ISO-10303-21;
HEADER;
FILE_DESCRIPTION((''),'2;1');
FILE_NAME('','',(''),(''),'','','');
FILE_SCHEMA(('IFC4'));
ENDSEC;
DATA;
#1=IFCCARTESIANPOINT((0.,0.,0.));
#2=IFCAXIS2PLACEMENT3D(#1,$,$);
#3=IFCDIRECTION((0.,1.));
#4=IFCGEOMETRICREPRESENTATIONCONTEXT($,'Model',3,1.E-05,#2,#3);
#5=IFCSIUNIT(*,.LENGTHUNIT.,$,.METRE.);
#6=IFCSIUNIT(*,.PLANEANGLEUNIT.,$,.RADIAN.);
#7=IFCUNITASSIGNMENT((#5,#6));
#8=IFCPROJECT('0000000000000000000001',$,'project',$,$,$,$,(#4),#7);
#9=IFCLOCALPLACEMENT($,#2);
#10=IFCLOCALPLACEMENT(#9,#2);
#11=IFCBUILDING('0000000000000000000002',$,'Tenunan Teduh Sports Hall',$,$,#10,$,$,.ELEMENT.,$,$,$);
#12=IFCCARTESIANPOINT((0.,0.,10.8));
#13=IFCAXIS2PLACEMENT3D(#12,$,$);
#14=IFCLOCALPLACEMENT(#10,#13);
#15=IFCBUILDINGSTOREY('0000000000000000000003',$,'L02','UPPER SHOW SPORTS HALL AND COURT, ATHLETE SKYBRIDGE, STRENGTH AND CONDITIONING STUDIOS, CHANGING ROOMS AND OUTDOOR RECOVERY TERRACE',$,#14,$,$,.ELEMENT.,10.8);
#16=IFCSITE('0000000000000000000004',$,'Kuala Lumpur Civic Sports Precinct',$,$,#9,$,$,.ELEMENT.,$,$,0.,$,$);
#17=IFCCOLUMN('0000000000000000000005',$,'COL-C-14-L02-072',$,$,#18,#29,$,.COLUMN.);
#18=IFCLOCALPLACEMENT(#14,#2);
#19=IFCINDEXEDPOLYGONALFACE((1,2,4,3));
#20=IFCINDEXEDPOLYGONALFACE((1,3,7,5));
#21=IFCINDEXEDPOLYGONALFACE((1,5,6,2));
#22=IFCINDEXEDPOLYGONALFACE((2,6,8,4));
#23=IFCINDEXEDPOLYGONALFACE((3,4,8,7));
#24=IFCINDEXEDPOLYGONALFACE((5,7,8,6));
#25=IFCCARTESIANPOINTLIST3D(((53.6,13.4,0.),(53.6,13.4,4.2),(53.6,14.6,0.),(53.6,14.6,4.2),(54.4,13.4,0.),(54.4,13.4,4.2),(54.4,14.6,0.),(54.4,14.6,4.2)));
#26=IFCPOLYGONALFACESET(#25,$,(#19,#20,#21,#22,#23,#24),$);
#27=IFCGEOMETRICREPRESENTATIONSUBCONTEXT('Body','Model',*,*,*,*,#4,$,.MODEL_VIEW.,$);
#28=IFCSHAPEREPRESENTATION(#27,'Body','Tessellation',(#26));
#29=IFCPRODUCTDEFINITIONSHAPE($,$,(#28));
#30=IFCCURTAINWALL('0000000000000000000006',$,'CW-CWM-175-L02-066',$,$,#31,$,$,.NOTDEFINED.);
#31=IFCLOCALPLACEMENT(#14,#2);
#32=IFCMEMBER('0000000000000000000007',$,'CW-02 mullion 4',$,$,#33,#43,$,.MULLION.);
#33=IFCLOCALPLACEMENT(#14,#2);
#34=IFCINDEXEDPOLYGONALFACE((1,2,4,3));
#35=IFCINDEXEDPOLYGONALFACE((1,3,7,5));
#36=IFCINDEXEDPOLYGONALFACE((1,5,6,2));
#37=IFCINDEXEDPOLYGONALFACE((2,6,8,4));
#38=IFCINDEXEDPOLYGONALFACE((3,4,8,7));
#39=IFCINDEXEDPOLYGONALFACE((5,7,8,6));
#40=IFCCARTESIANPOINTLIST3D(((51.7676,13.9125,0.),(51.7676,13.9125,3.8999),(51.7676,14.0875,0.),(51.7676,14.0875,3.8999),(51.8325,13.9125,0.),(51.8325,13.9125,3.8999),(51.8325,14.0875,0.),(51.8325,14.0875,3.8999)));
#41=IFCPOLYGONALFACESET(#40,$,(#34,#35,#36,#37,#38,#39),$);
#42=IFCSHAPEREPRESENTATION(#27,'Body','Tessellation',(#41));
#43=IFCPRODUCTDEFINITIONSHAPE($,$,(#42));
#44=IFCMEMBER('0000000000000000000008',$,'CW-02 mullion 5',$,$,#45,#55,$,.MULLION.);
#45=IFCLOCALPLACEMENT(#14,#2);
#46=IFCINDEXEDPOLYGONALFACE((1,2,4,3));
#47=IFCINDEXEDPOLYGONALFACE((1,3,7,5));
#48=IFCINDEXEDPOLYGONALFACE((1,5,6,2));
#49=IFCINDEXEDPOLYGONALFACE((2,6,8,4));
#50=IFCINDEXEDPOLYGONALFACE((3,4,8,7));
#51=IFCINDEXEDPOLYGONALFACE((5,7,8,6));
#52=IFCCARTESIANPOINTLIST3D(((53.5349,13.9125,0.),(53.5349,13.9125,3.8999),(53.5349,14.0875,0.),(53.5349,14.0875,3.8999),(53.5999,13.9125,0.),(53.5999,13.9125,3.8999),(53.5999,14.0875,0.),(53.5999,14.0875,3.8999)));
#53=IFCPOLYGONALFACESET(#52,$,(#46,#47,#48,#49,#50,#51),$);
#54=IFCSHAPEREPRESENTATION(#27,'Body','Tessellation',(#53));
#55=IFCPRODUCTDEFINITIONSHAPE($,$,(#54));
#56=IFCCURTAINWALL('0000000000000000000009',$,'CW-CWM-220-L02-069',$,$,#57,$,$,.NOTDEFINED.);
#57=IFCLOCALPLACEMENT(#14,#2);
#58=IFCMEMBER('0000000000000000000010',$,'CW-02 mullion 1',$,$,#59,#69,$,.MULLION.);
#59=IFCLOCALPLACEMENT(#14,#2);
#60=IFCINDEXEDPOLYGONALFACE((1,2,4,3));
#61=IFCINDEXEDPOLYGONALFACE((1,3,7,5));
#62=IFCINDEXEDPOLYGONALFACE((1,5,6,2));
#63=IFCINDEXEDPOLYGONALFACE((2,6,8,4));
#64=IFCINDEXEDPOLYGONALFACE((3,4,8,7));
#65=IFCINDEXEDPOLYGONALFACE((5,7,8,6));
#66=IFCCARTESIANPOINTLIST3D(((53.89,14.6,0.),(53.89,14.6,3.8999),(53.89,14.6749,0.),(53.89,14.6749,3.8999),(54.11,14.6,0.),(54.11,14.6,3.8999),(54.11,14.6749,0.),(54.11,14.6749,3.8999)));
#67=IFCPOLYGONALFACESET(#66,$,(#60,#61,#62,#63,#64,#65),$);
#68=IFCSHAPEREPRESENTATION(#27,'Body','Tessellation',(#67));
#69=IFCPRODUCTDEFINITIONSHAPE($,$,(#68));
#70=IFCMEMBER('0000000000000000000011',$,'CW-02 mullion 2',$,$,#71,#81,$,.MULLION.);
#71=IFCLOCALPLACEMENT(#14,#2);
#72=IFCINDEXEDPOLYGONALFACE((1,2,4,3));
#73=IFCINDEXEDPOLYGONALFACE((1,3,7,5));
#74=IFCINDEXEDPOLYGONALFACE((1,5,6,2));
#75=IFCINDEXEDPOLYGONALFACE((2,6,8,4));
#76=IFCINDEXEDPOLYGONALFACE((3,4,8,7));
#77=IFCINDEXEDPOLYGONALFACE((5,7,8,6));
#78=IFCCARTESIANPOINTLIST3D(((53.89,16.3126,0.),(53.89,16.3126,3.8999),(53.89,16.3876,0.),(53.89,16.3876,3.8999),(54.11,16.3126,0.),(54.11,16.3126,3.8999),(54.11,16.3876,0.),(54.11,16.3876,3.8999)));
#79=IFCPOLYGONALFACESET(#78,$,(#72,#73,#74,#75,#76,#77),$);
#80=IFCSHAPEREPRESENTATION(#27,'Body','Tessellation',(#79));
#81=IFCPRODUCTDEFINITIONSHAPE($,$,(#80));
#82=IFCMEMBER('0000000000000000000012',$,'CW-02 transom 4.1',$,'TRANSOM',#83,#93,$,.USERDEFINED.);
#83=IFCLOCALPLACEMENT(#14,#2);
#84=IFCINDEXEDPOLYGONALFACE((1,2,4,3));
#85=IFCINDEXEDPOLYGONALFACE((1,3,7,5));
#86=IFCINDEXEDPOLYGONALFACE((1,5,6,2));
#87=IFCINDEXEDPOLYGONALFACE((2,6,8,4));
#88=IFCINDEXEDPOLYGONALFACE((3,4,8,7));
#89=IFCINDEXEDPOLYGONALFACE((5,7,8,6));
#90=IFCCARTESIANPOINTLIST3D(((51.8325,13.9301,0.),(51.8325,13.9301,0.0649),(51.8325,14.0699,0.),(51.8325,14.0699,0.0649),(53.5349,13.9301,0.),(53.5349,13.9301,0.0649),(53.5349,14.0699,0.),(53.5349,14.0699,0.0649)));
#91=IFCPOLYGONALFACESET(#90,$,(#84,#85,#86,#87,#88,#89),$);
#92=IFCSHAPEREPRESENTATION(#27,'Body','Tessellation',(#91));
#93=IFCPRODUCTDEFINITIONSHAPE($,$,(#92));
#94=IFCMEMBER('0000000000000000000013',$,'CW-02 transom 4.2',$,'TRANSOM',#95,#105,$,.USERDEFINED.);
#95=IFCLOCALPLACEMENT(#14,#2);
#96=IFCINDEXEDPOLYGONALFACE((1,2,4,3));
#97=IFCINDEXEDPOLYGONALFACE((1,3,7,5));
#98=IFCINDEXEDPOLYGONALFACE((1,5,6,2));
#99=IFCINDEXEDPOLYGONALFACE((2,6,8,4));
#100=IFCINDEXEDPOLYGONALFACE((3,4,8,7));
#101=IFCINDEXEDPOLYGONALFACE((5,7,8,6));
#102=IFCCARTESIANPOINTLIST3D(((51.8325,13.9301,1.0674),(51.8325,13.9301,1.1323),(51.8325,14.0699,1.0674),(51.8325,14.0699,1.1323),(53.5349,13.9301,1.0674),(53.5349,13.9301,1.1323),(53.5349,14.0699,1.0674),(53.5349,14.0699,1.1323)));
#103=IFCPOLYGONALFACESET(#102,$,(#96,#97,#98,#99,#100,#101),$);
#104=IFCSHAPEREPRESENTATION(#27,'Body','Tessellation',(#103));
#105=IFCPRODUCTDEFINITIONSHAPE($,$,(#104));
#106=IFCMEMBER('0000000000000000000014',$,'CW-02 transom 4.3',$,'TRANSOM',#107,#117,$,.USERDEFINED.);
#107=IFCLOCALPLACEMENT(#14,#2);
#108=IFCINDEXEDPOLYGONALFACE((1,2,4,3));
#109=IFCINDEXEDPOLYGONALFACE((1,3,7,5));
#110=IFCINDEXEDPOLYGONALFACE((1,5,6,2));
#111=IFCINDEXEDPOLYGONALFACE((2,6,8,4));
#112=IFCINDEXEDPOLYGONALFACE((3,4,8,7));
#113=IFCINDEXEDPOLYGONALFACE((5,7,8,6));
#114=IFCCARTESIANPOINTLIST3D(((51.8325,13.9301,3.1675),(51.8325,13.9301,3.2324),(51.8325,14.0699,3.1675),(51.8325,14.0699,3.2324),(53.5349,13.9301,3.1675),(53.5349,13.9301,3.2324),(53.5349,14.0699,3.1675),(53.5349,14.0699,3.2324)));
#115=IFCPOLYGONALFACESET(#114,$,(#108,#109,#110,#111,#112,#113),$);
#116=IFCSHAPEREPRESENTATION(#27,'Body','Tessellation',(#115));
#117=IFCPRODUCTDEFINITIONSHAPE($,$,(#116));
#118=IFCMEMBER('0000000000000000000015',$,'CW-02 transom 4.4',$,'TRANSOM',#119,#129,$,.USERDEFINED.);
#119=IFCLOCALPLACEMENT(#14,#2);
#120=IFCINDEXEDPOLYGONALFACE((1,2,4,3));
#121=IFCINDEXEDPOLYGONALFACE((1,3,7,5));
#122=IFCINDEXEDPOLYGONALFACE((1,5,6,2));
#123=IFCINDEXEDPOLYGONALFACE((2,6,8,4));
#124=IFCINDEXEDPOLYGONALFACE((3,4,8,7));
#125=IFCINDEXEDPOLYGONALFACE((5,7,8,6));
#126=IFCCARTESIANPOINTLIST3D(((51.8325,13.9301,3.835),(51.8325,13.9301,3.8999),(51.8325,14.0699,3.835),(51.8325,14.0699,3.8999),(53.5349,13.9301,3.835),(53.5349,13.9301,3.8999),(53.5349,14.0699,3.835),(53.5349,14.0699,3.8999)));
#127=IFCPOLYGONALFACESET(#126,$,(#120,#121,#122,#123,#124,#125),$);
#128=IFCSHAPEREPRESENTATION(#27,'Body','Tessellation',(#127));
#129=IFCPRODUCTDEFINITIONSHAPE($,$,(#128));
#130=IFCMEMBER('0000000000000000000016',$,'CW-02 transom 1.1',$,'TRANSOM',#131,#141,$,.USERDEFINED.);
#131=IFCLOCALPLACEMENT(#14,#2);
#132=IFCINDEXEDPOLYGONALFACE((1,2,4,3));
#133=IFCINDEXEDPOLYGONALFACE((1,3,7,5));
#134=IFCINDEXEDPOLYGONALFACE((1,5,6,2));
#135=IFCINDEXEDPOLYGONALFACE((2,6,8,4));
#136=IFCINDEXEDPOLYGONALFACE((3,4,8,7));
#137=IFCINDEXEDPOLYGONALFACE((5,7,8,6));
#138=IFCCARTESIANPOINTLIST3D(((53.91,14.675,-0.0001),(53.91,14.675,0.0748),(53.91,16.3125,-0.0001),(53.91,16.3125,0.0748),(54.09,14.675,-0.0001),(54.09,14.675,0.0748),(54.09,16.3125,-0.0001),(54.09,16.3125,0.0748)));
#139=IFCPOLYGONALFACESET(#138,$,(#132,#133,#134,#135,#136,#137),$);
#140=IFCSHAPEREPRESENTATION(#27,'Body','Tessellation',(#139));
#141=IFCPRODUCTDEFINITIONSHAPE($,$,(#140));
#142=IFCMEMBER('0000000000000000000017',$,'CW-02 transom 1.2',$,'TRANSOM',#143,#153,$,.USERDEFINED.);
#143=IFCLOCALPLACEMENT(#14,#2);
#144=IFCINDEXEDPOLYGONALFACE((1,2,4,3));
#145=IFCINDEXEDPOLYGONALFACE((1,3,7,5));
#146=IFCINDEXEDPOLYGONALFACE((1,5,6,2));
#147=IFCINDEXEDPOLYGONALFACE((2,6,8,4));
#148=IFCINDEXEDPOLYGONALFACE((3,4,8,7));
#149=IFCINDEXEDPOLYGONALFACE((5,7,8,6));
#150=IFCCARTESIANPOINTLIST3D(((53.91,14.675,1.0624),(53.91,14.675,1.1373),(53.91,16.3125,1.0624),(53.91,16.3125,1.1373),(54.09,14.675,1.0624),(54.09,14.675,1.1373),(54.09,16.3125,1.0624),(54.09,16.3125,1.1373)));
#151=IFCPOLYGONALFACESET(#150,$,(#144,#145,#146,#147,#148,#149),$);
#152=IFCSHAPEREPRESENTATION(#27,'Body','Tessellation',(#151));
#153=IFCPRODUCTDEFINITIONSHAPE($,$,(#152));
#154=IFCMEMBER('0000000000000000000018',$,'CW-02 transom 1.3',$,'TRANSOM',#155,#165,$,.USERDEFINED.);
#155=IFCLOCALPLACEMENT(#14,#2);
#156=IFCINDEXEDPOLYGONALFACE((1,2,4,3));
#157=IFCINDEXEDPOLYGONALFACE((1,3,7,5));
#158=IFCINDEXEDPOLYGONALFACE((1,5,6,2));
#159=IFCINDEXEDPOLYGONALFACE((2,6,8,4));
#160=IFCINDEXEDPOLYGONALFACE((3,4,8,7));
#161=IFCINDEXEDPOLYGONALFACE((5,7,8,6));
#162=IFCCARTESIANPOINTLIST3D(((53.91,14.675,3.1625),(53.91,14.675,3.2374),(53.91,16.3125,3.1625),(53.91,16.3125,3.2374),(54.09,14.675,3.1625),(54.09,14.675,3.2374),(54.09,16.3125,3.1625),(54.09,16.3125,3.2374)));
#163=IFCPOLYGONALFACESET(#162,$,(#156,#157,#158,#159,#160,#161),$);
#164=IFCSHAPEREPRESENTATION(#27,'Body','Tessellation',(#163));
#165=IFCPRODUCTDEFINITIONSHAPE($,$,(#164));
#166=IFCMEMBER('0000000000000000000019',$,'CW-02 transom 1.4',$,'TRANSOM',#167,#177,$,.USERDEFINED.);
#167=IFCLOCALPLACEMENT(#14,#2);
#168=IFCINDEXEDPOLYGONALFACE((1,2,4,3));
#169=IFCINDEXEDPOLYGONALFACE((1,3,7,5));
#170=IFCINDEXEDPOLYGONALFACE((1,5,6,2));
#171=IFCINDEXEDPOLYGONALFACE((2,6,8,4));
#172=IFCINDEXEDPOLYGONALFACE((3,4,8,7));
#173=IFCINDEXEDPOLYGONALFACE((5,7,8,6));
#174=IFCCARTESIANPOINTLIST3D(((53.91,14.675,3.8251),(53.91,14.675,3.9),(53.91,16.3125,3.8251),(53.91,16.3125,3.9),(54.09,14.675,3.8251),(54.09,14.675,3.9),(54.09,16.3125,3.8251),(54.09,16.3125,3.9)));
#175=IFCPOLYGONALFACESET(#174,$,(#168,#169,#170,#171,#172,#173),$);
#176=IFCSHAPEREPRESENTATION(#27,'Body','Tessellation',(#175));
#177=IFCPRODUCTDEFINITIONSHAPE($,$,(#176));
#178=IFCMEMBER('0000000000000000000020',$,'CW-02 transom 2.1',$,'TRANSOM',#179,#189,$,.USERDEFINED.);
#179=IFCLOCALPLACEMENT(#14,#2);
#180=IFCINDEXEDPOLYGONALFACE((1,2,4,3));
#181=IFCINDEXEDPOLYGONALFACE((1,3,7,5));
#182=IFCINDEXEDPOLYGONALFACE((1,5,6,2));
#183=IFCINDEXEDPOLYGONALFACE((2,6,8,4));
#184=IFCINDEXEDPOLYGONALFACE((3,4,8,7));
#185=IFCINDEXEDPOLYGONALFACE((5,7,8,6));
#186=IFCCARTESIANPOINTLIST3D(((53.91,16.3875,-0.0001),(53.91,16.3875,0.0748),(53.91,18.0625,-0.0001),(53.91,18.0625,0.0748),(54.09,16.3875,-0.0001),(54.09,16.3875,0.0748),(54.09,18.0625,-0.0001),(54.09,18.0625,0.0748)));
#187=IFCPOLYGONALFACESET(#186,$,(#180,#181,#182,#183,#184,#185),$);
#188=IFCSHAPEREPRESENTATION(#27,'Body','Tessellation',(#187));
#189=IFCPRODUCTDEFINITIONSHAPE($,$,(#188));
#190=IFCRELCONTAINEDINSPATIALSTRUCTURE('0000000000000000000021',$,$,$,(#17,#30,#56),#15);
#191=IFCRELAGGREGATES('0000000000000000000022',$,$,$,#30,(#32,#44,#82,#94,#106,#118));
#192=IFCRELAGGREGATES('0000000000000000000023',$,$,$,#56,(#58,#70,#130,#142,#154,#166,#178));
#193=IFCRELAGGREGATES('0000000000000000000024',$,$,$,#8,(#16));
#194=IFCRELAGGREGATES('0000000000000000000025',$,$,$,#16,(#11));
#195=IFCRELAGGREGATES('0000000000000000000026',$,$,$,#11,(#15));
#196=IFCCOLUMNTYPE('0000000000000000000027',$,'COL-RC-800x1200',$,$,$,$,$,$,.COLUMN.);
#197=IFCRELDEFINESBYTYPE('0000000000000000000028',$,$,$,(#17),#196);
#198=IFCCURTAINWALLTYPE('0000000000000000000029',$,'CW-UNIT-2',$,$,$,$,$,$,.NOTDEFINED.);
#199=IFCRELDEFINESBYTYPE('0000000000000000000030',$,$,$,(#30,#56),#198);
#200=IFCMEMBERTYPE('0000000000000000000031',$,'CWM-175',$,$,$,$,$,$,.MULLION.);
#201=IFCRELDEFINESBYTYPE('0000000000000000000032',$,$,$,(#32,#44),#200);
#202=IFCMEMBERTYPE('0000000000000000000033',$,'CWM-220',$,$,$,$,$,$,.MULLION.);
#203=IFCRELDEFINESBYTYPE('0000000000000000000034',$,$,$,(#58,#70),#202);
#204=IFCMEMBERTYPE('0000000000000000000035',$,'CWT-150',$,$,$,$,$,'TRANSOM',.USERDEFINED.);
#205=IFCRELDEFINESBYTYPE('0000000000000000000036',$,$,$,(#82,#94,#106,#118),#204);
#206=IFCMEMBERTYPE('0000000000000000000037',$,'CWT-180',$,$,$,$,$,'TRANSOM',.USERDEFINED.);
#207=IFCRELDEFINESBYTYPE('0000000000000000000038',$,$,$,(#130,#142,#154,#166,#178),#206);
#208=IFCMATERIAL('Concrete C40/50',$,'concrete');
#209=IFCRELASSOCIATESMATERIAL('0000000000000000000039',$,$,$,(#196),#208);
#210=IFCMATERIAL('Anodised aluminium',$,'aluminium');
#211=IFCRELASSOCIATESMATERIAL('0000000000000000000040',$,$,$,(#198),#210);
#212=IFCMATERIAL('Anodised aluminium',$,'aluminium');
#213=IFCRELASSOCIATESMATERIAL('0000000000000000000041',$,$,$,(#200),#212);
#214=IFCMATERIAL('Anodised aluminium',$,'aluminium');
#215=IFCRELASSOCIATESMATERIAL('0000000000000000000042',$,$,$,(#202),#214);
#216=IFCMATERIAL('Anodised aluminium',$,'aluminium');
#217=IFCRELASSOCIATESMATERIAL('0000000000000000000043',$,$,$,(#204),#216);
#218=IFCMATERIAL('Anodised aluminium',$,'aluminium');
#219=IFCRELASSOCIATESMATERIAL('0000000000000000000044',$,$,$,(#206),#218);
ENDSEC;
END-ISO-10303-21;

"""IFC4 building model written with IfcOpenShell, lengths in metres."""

from ifc_helpers import new_model, si_unit, direction, frame, origin, origin_2d, place, context, subcontext, project, spatial, rectangle, extrude, material, material_profile, profile_set, type_object, element, aggregate, save


model = new_model("IFC4")

# Units and contexts
model_context = context("Model", 3, precision=1e-05, world=origin(), true_north=direction((0.0, 1.0)))
body_context = subcontext(model_context, "Body", "Model", "MODEL_VIEW")
ifc_project = project(units=[si_unit("LENGTHUNIT", "METRE"), si_unit("PLANEANGLEUNIT", "RADIAN")], contexts=[model_context])

# Site, building, storey
site_placement = place(None, origin())
site = spatial("IfcSite", under=ifc_project, at=site_placement, Name="Kuala Lumpur Civic Sports Precinct", CompositionType="ELEMENT", RefElevation=0.0)
building_placement = place(site_placement, origin())
building = spatial("IfcBuilding", under=site, at=building_placement, Name="Tenunan Teduh Sports Hall", CompositionType="ELEMENT")
storey_placement = place(building_placement, frame((0.0, 0.0, 10.8)))
storey = spatial("IfcBuildingStorey", under=building, at=storey_placement, Name="L02", Description="UPPER SHOW SPORTS HALL AND COURT, ATHLETE SKYBRIDGE, STRENGTH AND CONDITIONING STUDIOS, CHANGING ROOMS AND OUTDOOR RECOVERY TERRACE", CompositionType="ELEMENT", Elevation=10.8)

# Column
ifc_material_1 = material(Name="Concrete C40/50", Category="concrete")
ifc_material_profile_1 = material_profile(ifc_material_1, rectangle(XDim=0.8, YDim=1.2, at=origin_2d()), Name="RC 800x1200")
ifc_profile_set_1 = profile_set([ifc_material_profile_1], Name="Concrete C40/50")
column_type = type_object("IfcColumnType", Name="COL-RC-800x1200", PredefinedType="COLUMN", material=ifc_profile_set_1)
column_placement = place(storey_placement, frame((54.0, 14.0, 0.0), z_axis=(0.0, 0.0, 1.0), x_axis=(1.0, 0.0, 0.0)))
element("IfcColumn", 1, at=column_placement, inside=storey, type_object=column_type, Name="COL-C-14-L02-072", PredefinedType="COLUMN", context=body_context, shape_type="SweptSolid", body=[
    extrude(rectangle(XDim=0.8, YDim=1.2, at=origin_2d()), origin(), (0.0, 0.0, 1.0), 4.2),
])

# Curtain walls, members
ifc_material_2 = material(Name="Anodised aluminium", Category="aluminium")
curtain_wall_type = type_object("IfcCurtainWallType", Name="CW-UNIT-2", PredefinedType="NOTDEFINED", material=ifc_material_2)
curtain_wall_1_placement = place(storey_placement, origin())
curtain_wall_1 = element("IfcCurtainWall", 2, at=curtain_wall_1_placement, inside=storey, type_object=curtain_wall_type, Name="CW-CWM-175-L02-066", PredefinedType="NOTDEFINED")
ifc_material_3 = material(Name="Anodised aluminium", Category="aluminium")
ifc_material_profile_2 = material_profile(ifc_material_3, rectangle(XDim=0.0649, YDim=0.175, at=origin_2d()), Name="CWM 65x175")
ifc_profile_set_2 = profile_set([ifc_material_profile_2], Name="Anodised aluminium")
member_type_1 = type_object("IfcMemberType", Name="CWM-175", PredefinedType="MULLION", material=ifc_profile_set_2)
member_1_placement = place(storey_placement, frame((51.8, 14.0, 0.0), z_axis=(0.0, 0.0, 1.0), x_axis=(1.0, 0.0, 0.0)))
member_1 = element("IfcMember", 3, at=member_1_placement, type_object=member_type_1, Name="CW-02 mullion 4", PredefinedType="MULLION", context=body_context, shape_type="SweptSolid", body=[
    extrude(rectangle(XDim=0.0649, YDim=0.175, at=origin_2d()), origin(), (0.0, 0.0, 1.0), 3.8999),
])
member_2_placement = place(storey_placement, frame((53.5674, 14.0, 0.0), z_axis=(0.0, 0.0, 1.0), x_axis=(1.0, 0.0, 0.0)))
member_2 = element("IfcMember", 4, at=member_2_placement, type_object=member_type_1, Name="CW-02 mullion 5", PredefinedType="MULLION", context=body_context, shape_type="SweptSolid", body=[
    extrude(rectangle(XDim=0.0649, YDim=0.175, at=origin_2d()), origin(), (0.0, 0.0, 1.0), 3.8999),
])
curtain_wall_2_placement = place(storey_placement, origin())
curtain_wall_2 = element("IfcCurtainWall", 5, at=curtain_wall_2_placement, inside=storey, type_object=curtain_wall_type, Name="CW-CWM-220-L02-069", PredefinedType="NOTDEFINED")
ifc_material_4 = material(Name="Anodised aluminium", Category="aluminium")
ifc_material_profile_3 = material_profile(ifc_material_4, rectangle(XDim=0.075, YDim=0.22, at=origin_2d()), Name="CWM 75x220")
ifc_profile_set_3 = profile_set([ifc_material_profile_3], Name="Anodised aluminium")
member_type_2 = type_object("IfcMemberType", Name="CWM-220", PredefinedType="MULLION", material=ifc_profile_set_3)
member_3_placement = place(storey_placement, frame((54.0, 14.6375, 0.0), z_axis=(0.0, 0.0, 1.0), x_axis=(0.0, 1.0, 0.0)))
member_3 = element("IfcMember", 6, at=member_3_placement, type_object=member_type_2, Name="CW-02 mullion 1", PredefinedType="MULLION", context=body_context, shape_type="SweptSolid", body=[
    extrude(rectangle(XDim=0.075, YDim=0.22, at=origin_2d()), origin(), (0.0, 0.0, 1.0), 3.8999),
])
member_4_placement = place(storey_placement, frame((54.0, 16.3501, 0.0), z_axis=(0.0, 0.0, 1.0), x_axis=(0.0, 1.0, 0.0)))
member_4 = element("IfcMember", 7, at=member_4_placement, type_object=member_type_2, Name="CW-02 mullion 2", PredefinedType="MULLION", context=body_context, shape_type="SweptSolid", body=[
    extrude(rectangle(XDim=0.075, YDim=0.22, at=origin_2d()), origin(), (0.0, 0.0, 1.0), 3.8999),
])

# Members
ifc_material_5 = material(Name="Anodised aluminium", Category="aluminium")
ifc_material_profile_4 = material_profile(ifc_material_5, rectangle(XDim=0.0649, YDim=0.1399, at=origin_2d()), Name="CWT 65x140")
ifc_profile_set_4 = profile_set([ifc_material_profile_4], Name="Anodised aluminium")
member_type_3 = type_object("IfcMemberType", Name="CWT-150", ElementType="TRANSOM", PredefinedType="USERDEFINED", material=ifc_profile_set_4)
member_5_placement = place(storey_placement, frame((51.8325, 14.0, 0.0325), z_axis=(1.0, 0.0, 0.0), x_axis=(0.0, 0.0, 1.0)))
member_5 = element("IfcMember", 8, at=member_5_placement, type_object=member_type_3, Name="CW-02 transom 4.1", ObjectType="TRANSOM", PredefinedType="USERDEFINED", context=body_context, shape_type="SweptSolid", body=[
    extrude(rectangle(XDim=0.0649, YDim=0.1399, at=origin_2d()), origin(), (0.0, 0.0, 1.0), 1.7024),
])
member_6_placement = place(storey_placement, frame((51.8325, 14.0, 1.0999), z_axis=(1.0, 0.0, 0.0), x_axis=(0.0, 0.0, 1.0)))
member_6 = element("IfcMember", 9, at=member_6_placement, type_object=member_type_3, Name="CW-02 transom 4.2", ObjectType="TRANSOM", PredefinedType="USERDEFINED", context=body_context, shape_type="SweptSolid", body=[
    extrude(rectangle(XDim=0.0649, YDim=0.1399, at=origin_2d()), origin(), (0.0, 0.0, 1.0), 1.7024),
])
member_7_placement = place(storey_placement, frame((51.8325, 14.0, 3.2), z_axis=(1.0, 0.0, 0.0), x_axis=(0.0, 0.0, 1.0)))
member_7 = element("IfcMember", 10, at=member_7_placement, type_object=member_type_3, Name="CW-02 transom 4.3", ObjectType="TRANSOM", PredefinedType="USERDEFINED", context=body_context, shape_type="SweptSolid", body=[
    extrude(rectangle(XDim=0.0649, YDim=0.1399, at=origin_2d()), origin(), (0.0, 0.0, 1.0), 1.7024),
])
member_8_placement = place(storey_placement, frame((51.8325, 14.0, 3.8674), z_axis=(1.0, 0.0, 0.0), x_axis=(0.0, 0.0, 1.0)))
member_8 = element("IfcMember", 11, at=member_8_placement, type_object=member_type_3, Name="CW-02 transom 4.4", ObjectType="TRANSOM", PredefinedType="USERDEFINED", context=body_context, shape_type="SweptSolid", body=[
    extrude(rectangle(XDim=0.0649, YDim=0.1399, at=origin_2d()), origin(), (0.0, 0.0, 1.0), 1.7024),
])
ifc_material_6 = material(Name="Anodised aluminium", Category="aluminium")
ifc_material_profile_5 = material_profile(ifc_material_6, rectangle(XDim=0.075, YDim=0.1799, at=origin_2d()), Name="CWT 75x180")
ifc_profile_set_5 = profile_set([ifc_material_profile_5], Name="Anodised aluminium")
member_type_4 = type_object("IfcMemberType", Name="CWT-180", ElementType="TRANSOM", PredefinedType="USERDEFINED", material=ifc_profile_set_5)
member_9_placement = place(storey_placement, frame((54.0, 14.675, 0.0374), z_axis=(0.0, 1.0, 0.0), x_axis=(0.0, 0.0, 1.0)))
member_9 = element("IfcMember", 12, at=member_9_placement, type_object=member_type_4, Name="CW-02 transom 1.1", ObjectType="TRANSOM", PredefinedType="USERDEFINED", context=body_context, shape_type="SweptSolid", body=[
    extrude(rectangle(XDim=0.075, YDim=0.1799, at=origin_2d()), origin(), (0.0, 0.0, 1.0), 1.6375),
])
member_10_placement = place(storey_placement, frame((54.0, 14.675, 1.0999), z_axis=(0.0, 1.0, 0.0), x_axis=(0.0, 0.0, 1.0)))
member_10 = element("IfcMember", 13, at=member_10_placement, type_object=member_type_4, Name="CW-02 transom 1.2", ObjectType="TRANSOM", PredefinedType="USERDEFINED", context=body_context, shape_type="SweptSolid", body=[
    extrude(rectangle(XDim=0.075, YDim=0.1799, at=origin_2d()), origin(), (0.0, 0.0, 1.0), 1.6375),
])
member_11_placement = place(storey_placement, frame((54.0, 14.675, 3.2), z_axis=(0.0, 1.0, 0.0), x_axis=(0.0, 0.0, 1.0)))
member_11 = element("IfcMember", 14, at=member_11_placement, type_object=member_type_4, Name="CW-02 transom 1.3", ObjectType="TRANSOM", PredefinedType="USERDEFINED", context=body_context, shape_type="SweptSolid", body=[
    extrude(rectangle(XDim=0.075, YDim=0.1799, at=origin_2d()), origin(), (0.0, 0.0, 1.0), 1.6375),
])
member_12_placement = place(storey_placement, frame((54.0, 14.675, 3.8625), z_axis=(0.0, 1.0, 0.0), x_axis=(0.0, 0.0, 1.0)))
member_12 = element("IfcMember", 15, at=member_12_placement, type_object=member_type_4, Name="CW-02 transom 1.4", ObjectType="TRANSOM", PredefinedType="USERDEFINED", context=body_context, shape_type="SweptSolid", body=[
    extrude(rectangle(XDim=0.075, YDim=0.1799, at=origin_2d()), origin(), (0.0, 0.0, 1.0), 1.6375),
])
member_13_placement = place(storey_placement, frame((54.0, 16.3875, 0.0374), z_axis=(0.0, 1.0, 0.0), x_axis=(0.0, 0.0, 1.0)))
member_13 = element("IfcMember", 16, at=member_13_placement, type_object=member_type_4, Name="CW-02 transom 2.1", ObjectType="TRANSOM", PredefinedType="USERDEFINED", context=body_context, shape_type="SweptSolid", body=[
    extrude(rectangle(XDim=0.075, YDim=0.1799, at=origin_2d()), origin(), (0.0, 0.0, 1.0), 1.675),
])

aggregate(curtain_wall_1, [member_1, member_2, member_5, member_6, member_7, member_8])
aggregate(curtain_wall_2, [member_3, member_4, member_9, member_10, member_11, member_12, member_13])

save(model, "model.ifc")
